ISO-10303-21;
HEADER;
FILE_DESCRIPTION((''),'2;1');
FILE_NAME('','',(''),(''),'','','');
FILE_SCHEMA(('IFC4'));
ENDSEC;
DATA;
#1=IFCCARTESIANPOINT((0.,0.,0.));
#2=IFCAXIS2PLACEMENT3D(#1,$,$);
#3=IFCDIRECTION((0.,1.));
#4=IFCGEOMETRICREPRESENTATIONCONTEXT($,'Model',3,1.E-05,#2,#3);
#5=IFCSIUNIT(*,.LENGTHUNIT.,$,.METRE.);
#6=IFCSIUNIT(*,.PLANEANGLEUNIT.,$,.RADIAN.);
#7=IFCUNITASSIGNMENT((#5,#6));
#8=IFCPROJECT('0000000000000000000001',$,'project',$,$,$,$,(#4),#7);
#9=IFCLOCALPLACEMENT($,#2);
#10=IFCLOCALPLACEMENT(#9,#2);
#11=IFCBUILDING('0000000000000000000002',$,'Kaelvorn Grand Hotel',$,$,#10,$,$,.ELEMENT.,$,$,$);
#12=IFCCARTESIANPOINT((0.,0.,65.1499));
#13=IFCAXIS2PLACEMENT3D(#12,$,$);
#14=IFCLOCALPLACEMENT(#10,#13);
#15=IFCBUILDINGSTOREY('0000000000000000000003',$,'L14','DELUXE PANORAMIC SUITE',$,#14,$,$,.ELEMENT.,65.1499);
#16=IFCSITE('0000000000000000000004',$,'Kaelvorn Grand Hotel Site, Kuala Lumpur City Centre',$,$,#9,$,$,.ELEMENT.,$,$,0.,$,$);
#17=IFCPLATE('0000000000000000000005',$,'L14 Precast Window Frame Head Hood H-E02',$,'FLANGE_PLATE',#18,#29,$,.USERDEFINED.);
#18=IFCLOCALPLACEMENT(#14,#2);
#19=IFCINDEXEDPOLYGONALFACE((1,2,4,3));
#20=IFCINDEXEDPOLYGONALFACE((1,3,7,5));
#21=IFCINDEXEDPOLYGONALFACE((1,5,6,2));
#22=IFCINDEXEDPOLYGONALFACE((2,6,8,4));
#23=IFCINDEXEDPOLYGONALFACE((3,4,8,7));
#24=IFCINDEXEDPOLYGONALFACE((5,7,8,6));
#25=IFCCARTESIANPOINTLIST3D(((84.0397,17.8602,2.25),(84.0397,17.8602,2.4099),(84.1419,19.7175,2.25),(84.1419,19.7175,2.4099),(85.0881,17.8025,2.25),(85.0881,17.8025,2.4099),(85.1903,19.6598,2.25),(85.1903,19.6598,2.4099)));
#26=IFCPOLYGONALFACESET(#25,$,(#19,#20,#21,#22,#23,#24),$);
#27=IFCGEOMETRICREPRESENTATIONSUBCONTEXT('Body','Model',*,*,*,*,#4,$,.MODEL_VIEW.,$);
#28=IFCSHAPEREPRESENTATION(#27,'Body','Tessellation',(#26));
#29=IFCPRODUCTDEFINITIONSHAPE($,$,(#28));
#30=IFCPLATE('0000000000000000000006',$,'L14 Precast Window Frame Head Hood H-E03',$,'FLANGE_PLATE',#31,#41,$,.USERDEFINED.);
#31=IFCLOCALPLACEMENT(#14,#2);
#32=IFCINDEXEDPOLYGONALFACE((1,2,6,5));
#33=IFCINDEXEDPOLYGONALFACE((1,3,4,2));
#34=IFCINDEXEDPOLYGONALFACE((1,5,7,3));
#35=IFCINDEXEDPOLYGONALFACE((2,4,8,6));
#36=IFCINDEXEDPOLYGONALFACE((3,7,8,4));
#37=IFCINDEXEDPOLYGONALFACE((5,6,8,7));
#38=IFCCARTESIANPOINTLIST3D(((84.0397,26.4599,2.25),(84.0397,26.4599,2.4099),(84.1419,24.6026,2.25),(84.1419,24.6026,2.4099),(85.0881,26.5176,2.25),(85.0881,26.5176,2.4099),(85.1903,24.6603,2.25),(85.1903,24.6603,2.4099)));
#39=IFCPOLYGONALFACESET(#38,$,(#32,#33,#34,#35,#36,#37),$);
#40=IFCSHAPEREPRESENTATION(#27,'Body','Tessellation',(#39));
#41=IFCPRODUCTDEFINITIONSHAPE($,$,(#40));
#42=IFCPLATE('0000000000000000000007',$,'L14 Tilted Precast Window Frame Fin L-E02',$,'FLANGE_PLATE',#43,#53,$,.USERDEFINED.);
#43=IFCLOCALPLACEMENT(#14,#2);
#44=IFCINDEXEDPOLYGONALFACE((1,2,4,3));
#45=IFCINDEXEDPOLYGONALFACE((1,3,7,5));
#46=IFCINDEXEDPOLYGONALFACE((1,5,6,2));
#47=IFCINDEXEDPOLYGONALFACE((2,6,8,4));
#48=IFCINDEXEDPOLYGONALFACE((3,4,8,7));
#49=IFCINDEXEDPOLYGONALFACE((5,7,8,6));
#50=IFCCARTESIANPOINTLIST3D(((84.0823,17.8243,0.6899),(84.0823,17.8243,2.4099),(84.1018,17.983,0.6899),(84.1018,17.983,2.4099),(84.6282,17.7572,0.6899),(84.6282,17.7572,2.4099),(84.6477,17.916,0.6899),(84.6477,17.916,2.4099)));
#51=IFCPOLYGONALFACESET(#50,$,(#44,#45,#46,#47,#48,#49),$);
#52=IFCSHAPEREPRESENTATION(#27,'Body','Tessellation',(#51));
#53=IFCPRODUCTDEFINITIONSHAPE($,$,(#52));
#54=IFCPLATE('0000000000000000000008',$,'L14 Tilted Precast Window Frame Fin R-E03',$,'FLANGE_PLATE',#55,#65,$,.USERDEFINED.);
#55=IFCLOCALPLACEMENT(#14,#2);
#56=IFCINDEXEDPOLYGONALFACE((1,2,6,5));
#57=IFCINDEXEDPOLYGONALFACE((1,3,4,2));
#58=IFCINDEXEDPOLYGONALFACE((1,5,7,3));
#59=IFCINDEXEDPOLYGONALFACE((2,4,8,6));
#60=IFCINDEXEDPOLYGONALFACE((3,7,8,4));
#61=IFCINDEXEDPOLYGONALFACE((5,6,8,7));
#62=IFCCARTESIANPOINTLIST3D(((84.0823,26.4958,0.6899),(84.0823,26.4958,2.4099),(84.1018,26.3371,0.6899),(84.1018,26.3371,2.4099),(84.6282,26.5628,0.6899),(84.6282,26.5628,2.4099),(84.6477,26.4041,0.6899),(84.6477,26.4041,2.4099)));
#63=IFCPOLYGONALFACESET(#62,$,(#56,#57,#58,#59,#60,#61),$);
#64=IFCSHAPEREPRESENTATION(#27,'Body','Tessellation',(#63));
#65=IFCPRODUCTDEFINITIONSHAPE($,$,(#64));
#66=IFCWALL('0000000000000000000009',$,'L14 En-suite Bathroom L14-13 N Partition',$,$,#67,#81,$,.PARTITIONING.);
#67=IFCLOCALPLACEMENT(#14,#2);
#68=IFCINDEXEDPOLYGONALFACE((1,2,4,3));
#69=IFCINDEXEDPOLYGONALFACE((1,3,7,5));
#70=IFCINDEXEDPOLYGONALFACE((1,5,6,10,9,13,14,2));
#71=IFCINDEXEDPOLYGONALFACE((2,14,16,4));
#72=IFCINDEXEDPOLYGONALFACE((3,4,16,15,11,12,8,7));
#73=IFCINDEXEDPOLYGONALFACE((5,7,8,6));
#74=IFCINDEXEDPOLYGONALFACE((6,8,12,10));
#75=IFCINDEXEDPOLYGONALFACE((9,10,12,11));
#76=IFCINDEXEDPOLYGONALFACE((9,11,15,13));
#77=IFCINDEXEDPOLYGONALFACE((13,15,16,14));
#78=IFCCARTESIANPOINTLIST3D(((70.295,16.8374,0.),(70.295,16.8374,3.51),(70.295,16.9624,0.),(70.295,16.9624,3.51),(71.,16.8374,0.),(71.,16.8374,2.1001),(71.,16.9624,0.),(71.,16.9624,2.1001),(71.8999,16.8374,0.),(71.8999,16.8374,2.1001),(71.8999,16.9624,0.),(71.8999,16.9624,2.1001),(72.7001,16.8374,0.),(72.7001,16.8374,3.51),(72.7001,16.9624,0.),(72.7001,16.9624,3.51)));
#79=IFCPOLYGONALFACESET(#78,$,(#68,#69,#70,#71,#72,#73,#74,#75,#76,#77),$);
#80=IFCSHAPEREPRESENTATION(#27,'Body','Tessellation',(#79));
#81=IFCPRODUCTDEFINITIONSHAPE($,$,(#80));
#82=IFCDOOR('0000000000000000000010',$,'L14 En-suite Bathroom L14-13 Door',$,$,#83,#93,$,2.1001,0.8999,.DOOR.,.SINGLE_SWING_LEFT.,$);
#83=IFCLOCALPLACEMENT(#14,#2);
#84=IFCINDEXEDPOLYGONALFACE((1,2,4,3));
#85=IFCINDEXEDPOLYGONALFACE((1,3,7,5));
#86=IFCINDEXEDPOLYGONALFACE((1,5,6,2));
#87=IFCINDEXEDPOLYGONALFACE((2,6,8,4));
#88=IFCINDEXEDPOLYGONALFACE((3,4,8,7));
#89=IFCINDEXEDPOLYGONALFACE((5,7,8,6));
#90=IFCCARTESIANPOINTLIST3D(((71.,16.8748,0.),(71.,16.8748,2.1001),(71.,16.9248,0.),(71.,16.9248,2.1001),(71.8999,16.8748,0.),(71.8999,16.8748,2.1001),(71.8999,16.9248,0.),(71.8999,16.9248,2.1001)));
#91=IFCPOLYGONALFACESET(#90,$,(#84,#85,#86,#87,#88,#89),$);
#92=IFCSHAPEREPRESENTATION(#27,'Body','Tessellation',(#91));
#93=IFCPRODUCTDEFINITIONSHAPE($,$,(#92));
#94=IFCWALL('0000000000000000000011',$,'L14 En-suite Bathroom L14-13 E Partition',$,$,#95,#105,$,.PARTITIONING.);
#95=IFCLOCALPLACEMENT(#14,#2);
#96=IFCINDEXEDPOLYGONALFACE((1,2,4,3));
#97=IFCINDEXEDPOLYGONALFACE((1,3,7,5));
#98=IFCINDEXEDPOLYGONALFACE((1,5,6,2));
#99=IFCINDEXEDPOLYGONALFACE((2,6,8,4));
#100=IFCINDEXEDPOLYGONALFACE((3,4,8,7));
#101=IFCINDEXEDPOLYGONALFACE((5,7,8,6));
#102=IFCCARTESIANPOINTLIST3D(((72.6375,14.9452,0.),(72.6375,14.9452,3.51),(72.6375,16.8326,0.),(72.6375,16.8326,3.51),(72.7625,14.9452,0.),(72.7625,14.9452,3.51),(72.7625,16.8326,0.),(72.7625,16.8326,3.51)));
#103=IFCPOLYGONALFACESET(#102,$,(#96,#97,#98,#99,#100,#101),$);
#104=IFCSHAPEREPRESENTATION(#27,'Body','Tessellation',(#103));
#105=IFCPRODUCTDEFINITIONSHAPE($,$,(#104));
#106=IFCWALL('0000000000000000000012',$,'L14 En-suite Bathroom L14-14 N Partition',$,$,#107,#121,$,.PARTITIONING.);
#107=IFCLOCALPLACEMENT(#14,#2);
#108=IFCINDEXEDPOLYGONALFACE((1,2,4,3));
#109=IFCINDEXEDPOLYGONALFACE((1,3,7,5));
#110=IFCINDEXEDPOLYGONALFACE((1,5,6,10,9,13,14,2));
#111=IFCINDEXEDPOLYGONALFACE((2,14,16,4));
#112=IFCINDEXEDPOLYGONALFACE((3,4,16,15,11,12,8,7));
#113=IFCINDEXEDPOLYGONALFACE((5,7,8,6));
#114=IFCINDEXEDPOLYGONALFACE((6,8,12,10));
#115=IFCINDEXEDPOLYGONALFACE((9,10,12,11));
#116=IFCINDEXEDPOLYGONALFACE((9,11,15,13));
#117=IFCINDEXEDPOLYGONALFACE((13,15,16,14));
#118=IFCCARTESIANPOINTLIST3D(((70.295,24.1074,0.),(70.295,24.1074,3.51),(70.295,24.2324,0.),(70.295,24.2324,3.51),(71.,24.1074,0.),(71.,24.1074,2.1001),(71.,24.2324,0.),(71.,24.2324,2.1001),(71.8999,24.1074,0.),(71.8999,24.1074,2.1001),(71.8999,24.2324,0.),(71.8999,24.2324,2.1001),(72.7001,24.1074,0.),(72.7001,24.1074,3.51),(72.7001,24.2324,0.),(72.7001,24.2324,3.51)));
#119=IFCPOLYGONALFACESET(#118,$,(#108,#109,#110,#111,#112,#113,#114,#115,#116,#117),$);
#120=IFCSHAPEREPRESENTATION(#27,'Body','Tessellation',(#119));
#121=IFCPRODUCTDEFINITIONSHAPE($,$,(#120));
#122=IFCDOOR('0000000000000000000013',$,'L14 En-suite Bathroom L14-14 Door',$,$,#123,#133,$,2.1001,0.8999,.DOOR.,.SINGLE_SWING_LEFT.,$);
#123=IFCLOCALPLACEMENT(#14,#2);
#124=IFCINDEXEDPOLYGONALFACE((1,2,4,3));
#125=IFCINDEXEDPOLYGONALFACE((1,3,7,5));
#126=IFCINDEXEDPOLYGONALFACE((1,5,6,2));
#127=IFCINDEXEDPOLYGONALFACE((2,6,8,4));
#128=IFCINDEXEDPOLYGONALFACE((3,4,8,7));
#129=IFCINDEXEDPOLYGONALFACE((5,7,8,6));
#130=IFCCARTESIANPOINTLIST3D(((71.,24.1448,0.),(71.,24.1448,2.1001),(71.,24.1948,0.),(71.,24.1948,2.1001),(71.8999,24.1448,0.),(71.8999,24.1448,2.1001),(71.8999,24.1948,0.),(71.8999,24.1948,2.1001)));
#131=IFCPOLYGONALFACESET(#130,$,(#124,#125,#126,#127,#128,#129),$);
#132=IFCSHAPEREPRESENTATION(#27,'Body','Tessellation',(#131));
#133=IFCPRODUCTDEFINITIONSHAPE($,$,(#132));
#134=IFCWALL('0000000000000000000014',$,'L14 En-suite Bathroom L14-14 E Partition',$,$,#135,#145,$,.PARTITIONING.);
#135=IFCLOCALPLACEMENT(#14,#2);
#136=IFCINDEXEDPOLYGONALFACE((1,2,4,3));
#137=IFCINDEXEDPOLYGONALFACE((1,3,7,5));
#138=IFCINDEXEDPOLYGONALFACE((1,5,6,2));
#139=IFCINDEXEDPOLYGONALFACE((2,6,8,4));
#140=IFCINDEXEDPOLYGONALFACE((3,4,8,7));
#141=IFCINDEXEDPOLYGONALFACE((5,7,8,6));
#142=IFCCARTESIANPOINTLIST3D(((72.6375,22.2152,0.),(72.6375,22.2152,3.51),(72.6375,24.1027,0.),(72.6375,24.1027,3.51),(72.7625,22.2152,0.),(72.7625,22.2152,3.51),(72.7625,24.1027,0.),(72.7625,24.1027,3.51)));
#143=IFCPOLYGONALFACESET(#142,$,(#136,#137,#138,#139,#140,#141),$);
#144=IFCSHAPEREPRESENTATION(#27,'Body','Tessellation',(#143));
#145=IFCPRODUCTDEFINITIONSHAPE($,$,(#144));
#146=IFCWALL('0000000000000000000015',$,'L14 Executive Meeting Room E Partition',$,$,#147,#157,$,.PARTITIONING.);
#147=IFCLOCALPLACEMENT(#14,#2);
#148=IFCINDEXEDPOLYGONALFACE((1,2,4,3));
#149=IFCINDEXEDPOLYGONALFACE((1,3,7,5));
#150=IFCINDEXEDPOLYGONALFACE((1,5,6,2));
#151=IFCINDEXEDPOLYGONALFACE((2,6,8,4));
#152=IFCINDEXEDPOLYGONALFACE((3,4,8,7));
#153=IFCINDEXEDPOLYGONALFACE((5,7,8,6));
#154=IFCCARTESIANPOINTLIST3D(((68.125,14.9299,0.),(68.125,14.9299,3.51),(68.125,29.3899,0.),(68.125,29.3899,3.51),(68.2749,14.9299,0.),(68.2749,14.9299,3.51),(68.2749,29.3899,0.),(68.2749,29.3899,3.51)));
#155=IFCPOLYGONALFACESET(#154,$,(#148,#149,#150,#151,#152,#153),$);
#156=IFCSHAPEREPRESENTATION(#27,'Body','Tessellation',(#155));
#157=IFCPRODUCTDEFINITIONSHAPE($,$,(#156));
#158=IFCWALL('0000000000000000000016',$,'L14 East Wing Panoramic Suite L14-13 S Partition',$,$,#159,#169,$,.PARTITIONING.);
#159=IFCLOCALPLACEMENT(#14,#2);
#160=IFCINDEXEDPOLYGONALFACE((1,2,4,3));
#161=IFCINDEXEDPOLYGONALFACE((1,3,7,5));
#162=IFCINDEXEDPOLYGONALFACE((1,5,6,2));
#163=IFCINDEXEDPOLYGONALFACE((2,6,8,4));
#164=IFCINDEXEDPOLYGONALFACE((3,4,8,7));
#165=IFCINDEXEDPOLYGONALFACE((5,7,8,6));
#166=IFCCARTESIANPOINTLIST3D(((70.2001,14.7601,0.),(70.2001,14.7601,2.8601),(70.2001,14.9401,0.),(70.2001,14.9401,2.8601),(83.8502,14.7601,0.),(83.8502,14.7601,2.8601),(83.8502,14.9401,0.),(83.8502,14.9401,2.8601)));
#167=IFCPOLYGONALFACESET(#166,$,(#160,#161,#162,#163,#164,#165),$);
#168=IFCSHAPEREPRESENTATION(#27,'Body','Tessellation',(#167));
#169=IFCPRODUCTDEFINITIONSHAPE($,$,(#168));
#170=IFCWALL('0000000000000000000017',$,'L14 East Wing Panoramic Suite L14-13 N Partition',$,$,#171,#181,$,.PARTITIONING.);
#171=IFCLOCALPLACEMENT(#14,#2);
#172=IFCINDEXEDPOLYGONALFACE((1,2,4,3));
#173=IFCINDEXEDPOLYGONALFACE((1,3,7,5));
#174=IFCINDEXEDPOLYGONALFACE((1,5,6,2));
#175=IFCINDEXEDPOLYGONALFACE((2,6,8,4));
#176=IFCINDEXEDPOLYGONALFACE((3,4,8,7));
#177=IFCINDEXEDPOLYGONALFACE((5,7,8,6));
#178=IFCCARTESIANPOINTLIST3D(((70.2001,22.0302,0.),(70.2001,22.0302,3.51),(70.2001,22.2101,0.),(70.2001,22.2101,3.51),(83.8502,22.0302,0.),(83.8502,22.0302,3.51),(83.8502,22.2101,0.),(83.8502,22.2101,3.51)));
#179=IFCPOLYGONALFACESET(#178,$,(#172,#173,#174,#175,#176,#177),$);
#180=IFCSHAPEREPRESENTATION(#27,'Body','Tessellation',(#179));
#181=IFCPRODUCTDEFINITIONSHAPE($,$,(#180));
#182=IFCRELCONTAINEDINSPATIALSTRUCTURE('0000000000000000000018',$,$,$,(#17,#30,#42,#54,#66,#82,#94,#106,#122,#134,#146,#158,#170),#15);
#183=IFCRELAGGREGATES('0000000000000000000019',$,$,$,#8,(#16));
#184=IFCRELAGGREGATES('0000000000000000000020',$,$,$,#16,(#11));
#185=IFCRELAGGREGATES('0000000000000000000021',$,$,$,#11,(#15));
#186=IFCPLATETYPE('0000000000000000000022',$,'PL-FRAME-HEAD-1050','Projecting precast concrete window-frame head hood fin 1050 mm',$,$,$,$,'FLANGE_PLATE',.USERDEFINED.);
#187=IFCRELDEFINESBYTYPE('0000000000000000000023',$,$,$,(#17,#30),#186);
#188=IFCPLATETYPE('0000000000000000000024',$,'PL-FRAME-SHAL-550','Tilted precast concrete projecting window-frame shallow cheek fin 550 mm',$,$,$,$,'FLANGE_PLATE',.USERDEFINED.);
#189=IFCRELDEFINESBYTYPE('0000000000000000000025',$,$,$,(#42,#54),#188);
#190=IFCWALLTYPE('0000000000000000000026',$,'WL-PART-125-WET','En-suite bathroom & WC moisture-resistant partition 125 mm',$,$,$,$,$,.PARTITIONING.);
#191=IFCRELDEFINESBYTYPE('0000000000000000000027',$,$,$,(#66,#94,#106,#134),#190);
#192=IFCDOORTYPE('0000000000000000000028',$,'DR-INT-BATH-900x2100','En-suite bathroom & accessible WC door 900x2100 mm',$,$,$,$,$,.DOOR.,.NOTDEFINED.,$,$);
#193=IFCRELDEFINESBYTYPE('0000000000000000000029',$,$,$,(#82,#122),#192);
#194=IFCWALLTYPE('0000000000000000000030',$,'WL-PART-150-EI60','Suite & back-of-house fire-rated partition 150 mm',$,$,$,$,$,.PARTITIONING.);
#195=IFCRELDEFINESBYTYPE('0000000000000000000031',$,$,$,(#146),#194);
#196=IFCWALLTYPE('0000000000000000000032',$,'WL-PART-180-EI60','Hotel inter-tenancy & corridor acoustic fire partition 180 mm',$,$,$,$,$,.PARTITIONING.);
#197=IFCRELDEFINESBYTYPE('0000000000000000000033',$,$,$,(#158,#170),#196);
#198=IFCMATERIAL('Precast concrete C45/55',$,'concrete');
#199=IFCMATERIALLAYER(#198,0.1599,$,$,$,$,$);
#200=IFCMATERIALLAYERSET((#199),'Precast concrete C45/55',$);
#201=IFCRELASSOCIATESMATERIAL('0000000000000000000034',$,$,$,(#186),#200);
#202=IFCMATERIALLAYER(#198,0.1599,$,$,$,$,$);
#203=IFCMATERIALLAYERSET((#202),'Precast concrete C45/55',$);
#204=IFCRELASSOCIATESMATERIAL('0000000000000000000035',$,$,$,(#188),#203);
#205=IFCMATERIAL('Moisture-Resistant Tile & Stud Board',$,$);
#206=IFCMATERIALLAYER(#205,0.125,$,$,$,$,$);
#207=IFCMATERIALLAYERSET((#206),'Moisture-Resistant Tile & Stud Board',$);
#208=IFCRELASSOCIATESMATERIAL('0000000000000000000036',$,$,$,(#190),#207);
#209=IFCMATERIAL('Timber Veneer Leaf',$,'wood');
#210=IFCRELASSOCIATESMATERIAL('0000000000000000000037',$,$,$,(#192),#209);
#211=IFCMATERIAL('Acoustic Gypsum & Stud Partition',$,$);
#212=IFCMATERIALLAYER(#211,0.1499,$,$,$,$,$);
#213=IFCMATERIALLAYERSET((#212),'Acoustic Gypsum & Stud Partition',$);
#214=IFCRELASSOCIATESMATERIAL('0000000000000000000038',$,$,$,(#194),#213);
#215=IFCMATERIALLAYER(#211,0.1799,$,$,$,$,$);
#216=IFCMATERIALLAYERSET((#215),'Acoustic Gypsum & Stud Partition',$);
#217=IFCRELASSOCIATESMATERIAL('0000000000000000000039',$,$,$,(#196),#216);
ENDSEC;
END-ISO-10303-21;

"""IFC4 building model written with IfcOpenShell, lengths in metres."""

from ifc_helpers import new_model, si_unit, direction, frame, frame_2d, origin, origin_2d, place, context, subcontext, project, spatial, rectangle, extrude, material, layer, layer_set, type_object, element, fill, save


model = new_model("IFC4")

# Units and contexts
model_context = context("Model", 3, precision=1e-05, world=origin(), true_north=direction((0.0, 1.0)))
body_context = subcontext(model_context, "Body", "Model", "MODEL_VIEW")
ifc_project = project(units=[si_unit("LENGTHUNIT", "METRE"), si_unit("PLANEANGLEUNIT", "RADIAN")], contexts=[model_context])

# Site, building, storey
site_placement = place(None, origin())
site = spatial("IfcSite", under=ifc_project, at=site_placement, Name="Kaelvorn Grand Hotel Site, Kuala Lumpur City Centre", CompositionType="ELEMENT", RefElevation=0.0)
building_placement = place(site_placement, origin())
building = spatial("IfcBuilding", under=site, at=building_placement, Name="Kaelvorn Grand Hotel", CompositionType="ELEMENT")
storey_placement = place(building_placement, frame((0.0, 0.0, 65.1499)))
storey = spatial("IfcBuildingStorey", under=building, at=storey_placement, Name="L14", Description="DELUXE PANORAMIC SUITE", CompositionType="ELEMENT", Elevation=65.1499)

# Plates
ifc_material_1 = material(Name="Precast concrete C45/55", Category="concrete")
ifc_layer_1 = layer(ifc_material_1, 0.1599)
ifc_layer_set_1 = layer_set([ifc_layer_1], Name="Precast concrete C45/55")
plate_type_1 = type_object("IfcPlateType", Name="PL-FRAME-HEAD-1050", Description="Projecting precast concrete window-frame head hood fin 1050 mm", ElementType="FLANGE_PLATE", PredefinedType="USERDEFINED", material=ifc_layer_set_1)
for number, where, z_axis, x_axis, name in (
    (1, (84.615, 18.76, 2.25), (0.0, 0.0, 1.0), (0.05495, 0.998489, 0.0), "L14 Precast Window Frame Head Hood H-E02"),
    (2, (84.615, 25.5601, 2.25), (0.0, 0.0, 1.0), (-0.05495, 0.998489, 0.0), "L14 Precast Window Frame Head Hood H-E03"),
):
    element("IfcPlate", number, at=place(storey_placement, frame(where, z_axis=z_axis, x_axis=x_axis)), inside=storey, type_object=plate_type_1, Name=name, ObjectType="FLANGE_PLATE", PredefinedType="USERDEFINED", context=body_context, shape_type="SweptSolid", body=[
        extrude(rectangle(XDim=1.8601, YDim=1.05, at=origin_2d()), origin(), (0.0, 0.0, 1.0), 0.1599),
    ])
ifc_layer_2 = layer(ifc_material_1, 0.1599)
ifc_layer_set_2 = layer_set([ifc_layer_2], Name="Precast concrete C45/55")
plate_type_2 = type_object("IfcPlateType", Name="PL-FRAME-SHAL-550", Description="Tilted precast concrete projecting window-frame shallow cheek fin 550 mm", ElementType="FLANGE_PLATE", PredefinedType="USERDEFINED", material=ifc_layer_set_2)
for number, where, z_axis, x_axis, name in (
    (3, (84.365, 17.8701, 0.6899), (0.0, 0.0, 1.0), (0.121869, 0.992546, 0.0), "L14 Tilted Precast Window Frame Fin L-E02"),
    (4, (84.365, 26.45, 0.6899), (0.0, 0.0, 1.0), (-0.121869, 0.992546, 0.0), "L14 Tilted Precast Window Frame Fin R-E03"),
):
    element("IfcPlate", number, at=place(storey_placement, frame(where, z_axis=z_axis, x_axis=x_axis)), inside=storey, type_object=plate_type_2, Name=name, ObjectType="FLANGE_PLATE", PredefinedType="USERDEFINED", context=body_context, shape_type="SweptSolid", body=[
        extrude(rectangle(XDim=0.1599, YDim=0.55, at=origin_2d()), origin(), (0.0, 0.0, 1.0), 1.72),
    ])

# Wall, opening, door
ifc_material_2 = material(Name="Moisture-Resistant Tile & Stud Board")
ifc_layer_3 = layer(ifc_material_2, 0.125)
ifc_layer_set_3 = layer_set([ifc_layer_3], Name="Moisture-Resistant Tile & Stud Board")
wall_type_1 = type_object("IfcWallType", Name="WL-PART-125-WET", Description="En-suite bathroom & WC moisture-resistant partition 125 mm", PredefinedType="PARTITIONING", material=ifc_layer_set_3)
wall_1_placement = place(storey_placement, frame((70.2949, 16.8999, 0.0), z_axis=(0.0, 0.0, 1.0), x_axis=(1.0, 0.0, 0.0)))
wall_1 = element("IfcWall", 5, at=wall_1_placement, inside=storey, type_object=wall_type_1, Name="L14 En-suite Bathroom L14-13 N Partition", PredefinedType="PARTITIONING", context=body_context, shape_type="SweptSolid", body=[
    extrude(rectangle(XDim=2.405, YDim=0.125, at=frame_2d((1.2026, 0.0))), origin(), (0.0, 0.0, 1.0), 3.51),
])
opening_1_placement = place(wall_1_placement, frame((0.7051, 0.0, 0.0)))
opening_1 = element("IfcOpeningElement", 6, at=opening_1_placement, cuts=wall_1, PredefinedType="OPENING", context=body_context, shape_type="SweptSolid", body=[
    extrude(rectangle(XDim=0.8999, YDim=2.1001, at=frame_2d((0.45, 1.05))), frame((0.0, 0.0725, 0.0), z_axis=(0.0, -1.0, 0.0), x_axis=(1.0, 0.0, 0.0)), (0.0, 0.0, 1.0), 0.145),
])
ifc_material_3 = material(Name="Timber Veneer Leaf", Category="wood")
door_type_1 = type_object("IfcDoorType", Name="DR-INT-BATH-900x2100", Description="En-suite bathroom & accessible WC door 900x2100 mm", OperationType="NOTDEFINED", PredefinedType="DOOR", material=ifc_material_3)
door_1_placement = place(opening_1_placement, origin())
door_1 = element("IfcDoor", 7, at=door_1_placement, inside=storey, type_object=door_type_1, Name="L14 En-suite Bathroom L14-13 Door", OperationType="SINGLE_SWING_LEFT", OverallHeight=2.1001, OverallWidth=0.8999, PredefinedType="DOOR", context=body_context, shape_type="SweptSolid", body=[
    extrude(rectangle(XDim=0.8999, YDim=2.1001, at=frame_2d((0.45, 1.05))), frame((0.0, 0.0249, 0.0), z_axis=(0.0, -1.0, 0.0), x_axis=(1.0, 0.0, 0.0)), (0.0, 0.0, 1.0), 0.05),
])
fill(opening_1, door_1)

# Wall
wall_2_placement = place(storey_placement, frame((72.7, 14.9451, 0.0), z_axis=(0.0, 0.0, 1.0), x_axis=(0.0, 1.0, 0.0)))
element("IfcWall", 8, at=wall_2_placement, inside=storey, type_object=wall_type_1, Name="L14 En-suite Bathroom L14-13 E Partition", PredefinedType="PARTITIONING", context=body_context, shape_type="SweptSolid", body=[
    extrude(rectangle(XDim=1.8875, YDim=0.125, at=frame_2d((0.9438, 0.0))), origin(), (0.0, 0.0, 1.0), 3.51),
])

# Wall, opening, door
wall_3_placement = place(storey_placement, frame((70.2949, 24.1699, 0.0), z_axis=(0.0, 0.0, 1.0), x_axis=(1.0, 0.0, 0.0)))
wall_3 = element("IfcWall", 9, at=wall_3_placement, inside=storey, type_object=wall_type_1, Name="L14 En-suite Bathroom L14-14 N Partition", PredefinedType="PARTITIONING", context=body_context, shape_type="SweptSolid", body=[
    extrude(rectangle(XDim=2.405, YDim=0.125, at=frame_2d((1.2026, 0.0))), origin(), (0.0, 0.0, 1.0), 3.51),
])
opening_2_placement = place(wall_3_placement, frame((0.7051, 0.0, 0.0)))
opening_2 = element("IfcOpeningElement", 10, at=opening_2_placement, cuts=wall_3, PredefinedType="OPENING", context=body_context, shape_type="SweptSolid", body=[
    extrude(rectangle(XDim=0.8999, YDim=2.1001, at=frame_2d((0.45, 1.05))), frame((0.0, 0.0725, 0.0), z_axis=(0.0, -1.0, 0.0), x_axis=(1.0, 0.0, 0.0)), (0.0, 0.0, 1.0), 0.145),
])
door_2_placement = place(opening_2_placement, origin())
door_2 = element("IfcDoor", 11, at=door_2_placement, inside=storey, type_object=door_type_1, Name="L14 En-suite Bathroom L14-14 Door", OperationType="SINGLE_SWING_LEFT", OverallHeight=2.1001, OverallWidth=0.8999, PredefinedType="DOOR", context=body_context, shape_type="SweptSolid", body=[
    extrude(rectangle(XDim=0.8999, YDim=2.1001, at=frame_2d((0.45, 1.05))), frame((0.0, 0.0249, 0.0), z_axis=(0.0, -1.0, 0.0), x_axis=(1.0, 0.0, 0.0)), (0.0, 0.0, 1.0), 0.05),
])
fill(opening_2, door_2)

# Walls
wall_4_placement = place(storey_placement, frame((72.7, 22.2151, 0.0), z_axis=(0.0, 0.0, 1.0), x_axis=(0.0, 1.0, 0.0)))
element("IfcWall", 12, at=wall_4_placement, inside=storey, type_object=wall_type_1, Name="L14 En-suite Bathroom L14-14 E Partition", PredefinedType="PARTITIONING", context=body_context, shape_type="SweptSolid", body=[
    extrude(rectangle(XDim=1.8875, YDim=0.125, at=frame_2d((0.9438, 0.0))), origin(), (0.0, 0.0, 1.0), 3.51),
])
ifc_material_4 = material(Name="Acoustic Gypsum & Stud Partition")
ifc_layer_4 = layer(ifc_material_4, 0.1499)
ifc_layer_set_4 = layer_set([ifc_layer_4], Name="Acoustic Gypsum & Stud Partition")
wall_type_2 = type_object("IfcWallType", Name="WL-PART-150-EI60", Description="Suite & back-of-house fire-rated partition 150 mm", PredefinedType="PARTITIONING", material=ifc_layer_set_4)
wall_5_placement = place(storey_placement, frame((68.2, 14.9299, 0.0), z_axis=(0.0, 0.0, 1.0), x_axis=(0.0, 1.0, 0.0)))
element("IfcWall", 13, at=wall_5_placement, inside=storey, type_object=wall_type_2, Name="L14 Executive Meeting Room E Partition", PredefinedType="PARTITIONING", context=body_context, shape_type="SweptSolid", body=[
    extrude(rectangle(XDim=14.46, YDim=0.1499, at=frame_2d((7.23, 0.0))), origin(), (0.0, 0.0, 1.0), 3.51),
])
ifc_layer_5 = layer(ifc_material_4, 0.1799)
ifc_layer_set_5 = layer_set([ifc_layer_5], Name="Acoustic Gypsum & Stud Partition")
wall_type_3 = type_object("IfcWallType", Name="WL-PART-180-EI60", Description="Hotel inter-tenancy & corridor acoustic fire partition 180 mm", PredefinedType="PARTITIONING", material=ifc_layer_set_5)
wall_6_placement = place(storey_placement, frame((70.2, 14.8501, 0.0), z_axis=(0.0, 0.0, 1.0), x_axis=(1.0, 0.0, 0.0)))
element("IfcWall", 14, at=wall_6_placement, inside=storey, type_object=wall_type_3, Name="L14 East Wing Panoramic Suite L14-13 S Partition", PredefinedType="PARTITIONING", context=body_context, shape_type="SweptSolid", body=[
    extrude(rectangle(XDim=13.6501, YDim=0.1799, at=frame_2d((6.8252, 0.0))), origin(), (0.0, 0.0, 1.0), 2.8601),
])
wall_7_placement = place(storey_placement, frame((70.2, 22.1201, 0.0), z_axis=(0.0, 0.0, 1.0), x_axis=(1.0, 0.0, 0.0)))
element("IfcWall", 15, at=wall_7_placement, inside=storey, type_object=wall_type_3, Name="L14 East Wing Panoramic Suite L14-13 N Partition", PredefinedType="PARTITIONING", context=body_context, shape_type="SweptSolid", body=[
    extrude(rectangle(XDim=13.6501, YDim=0.1799, at=frame_2d((6.8252, 0.0))), origin(), (0.0, 0.0, 1.0), 3.51),
])

save(model, "model.ifc")
